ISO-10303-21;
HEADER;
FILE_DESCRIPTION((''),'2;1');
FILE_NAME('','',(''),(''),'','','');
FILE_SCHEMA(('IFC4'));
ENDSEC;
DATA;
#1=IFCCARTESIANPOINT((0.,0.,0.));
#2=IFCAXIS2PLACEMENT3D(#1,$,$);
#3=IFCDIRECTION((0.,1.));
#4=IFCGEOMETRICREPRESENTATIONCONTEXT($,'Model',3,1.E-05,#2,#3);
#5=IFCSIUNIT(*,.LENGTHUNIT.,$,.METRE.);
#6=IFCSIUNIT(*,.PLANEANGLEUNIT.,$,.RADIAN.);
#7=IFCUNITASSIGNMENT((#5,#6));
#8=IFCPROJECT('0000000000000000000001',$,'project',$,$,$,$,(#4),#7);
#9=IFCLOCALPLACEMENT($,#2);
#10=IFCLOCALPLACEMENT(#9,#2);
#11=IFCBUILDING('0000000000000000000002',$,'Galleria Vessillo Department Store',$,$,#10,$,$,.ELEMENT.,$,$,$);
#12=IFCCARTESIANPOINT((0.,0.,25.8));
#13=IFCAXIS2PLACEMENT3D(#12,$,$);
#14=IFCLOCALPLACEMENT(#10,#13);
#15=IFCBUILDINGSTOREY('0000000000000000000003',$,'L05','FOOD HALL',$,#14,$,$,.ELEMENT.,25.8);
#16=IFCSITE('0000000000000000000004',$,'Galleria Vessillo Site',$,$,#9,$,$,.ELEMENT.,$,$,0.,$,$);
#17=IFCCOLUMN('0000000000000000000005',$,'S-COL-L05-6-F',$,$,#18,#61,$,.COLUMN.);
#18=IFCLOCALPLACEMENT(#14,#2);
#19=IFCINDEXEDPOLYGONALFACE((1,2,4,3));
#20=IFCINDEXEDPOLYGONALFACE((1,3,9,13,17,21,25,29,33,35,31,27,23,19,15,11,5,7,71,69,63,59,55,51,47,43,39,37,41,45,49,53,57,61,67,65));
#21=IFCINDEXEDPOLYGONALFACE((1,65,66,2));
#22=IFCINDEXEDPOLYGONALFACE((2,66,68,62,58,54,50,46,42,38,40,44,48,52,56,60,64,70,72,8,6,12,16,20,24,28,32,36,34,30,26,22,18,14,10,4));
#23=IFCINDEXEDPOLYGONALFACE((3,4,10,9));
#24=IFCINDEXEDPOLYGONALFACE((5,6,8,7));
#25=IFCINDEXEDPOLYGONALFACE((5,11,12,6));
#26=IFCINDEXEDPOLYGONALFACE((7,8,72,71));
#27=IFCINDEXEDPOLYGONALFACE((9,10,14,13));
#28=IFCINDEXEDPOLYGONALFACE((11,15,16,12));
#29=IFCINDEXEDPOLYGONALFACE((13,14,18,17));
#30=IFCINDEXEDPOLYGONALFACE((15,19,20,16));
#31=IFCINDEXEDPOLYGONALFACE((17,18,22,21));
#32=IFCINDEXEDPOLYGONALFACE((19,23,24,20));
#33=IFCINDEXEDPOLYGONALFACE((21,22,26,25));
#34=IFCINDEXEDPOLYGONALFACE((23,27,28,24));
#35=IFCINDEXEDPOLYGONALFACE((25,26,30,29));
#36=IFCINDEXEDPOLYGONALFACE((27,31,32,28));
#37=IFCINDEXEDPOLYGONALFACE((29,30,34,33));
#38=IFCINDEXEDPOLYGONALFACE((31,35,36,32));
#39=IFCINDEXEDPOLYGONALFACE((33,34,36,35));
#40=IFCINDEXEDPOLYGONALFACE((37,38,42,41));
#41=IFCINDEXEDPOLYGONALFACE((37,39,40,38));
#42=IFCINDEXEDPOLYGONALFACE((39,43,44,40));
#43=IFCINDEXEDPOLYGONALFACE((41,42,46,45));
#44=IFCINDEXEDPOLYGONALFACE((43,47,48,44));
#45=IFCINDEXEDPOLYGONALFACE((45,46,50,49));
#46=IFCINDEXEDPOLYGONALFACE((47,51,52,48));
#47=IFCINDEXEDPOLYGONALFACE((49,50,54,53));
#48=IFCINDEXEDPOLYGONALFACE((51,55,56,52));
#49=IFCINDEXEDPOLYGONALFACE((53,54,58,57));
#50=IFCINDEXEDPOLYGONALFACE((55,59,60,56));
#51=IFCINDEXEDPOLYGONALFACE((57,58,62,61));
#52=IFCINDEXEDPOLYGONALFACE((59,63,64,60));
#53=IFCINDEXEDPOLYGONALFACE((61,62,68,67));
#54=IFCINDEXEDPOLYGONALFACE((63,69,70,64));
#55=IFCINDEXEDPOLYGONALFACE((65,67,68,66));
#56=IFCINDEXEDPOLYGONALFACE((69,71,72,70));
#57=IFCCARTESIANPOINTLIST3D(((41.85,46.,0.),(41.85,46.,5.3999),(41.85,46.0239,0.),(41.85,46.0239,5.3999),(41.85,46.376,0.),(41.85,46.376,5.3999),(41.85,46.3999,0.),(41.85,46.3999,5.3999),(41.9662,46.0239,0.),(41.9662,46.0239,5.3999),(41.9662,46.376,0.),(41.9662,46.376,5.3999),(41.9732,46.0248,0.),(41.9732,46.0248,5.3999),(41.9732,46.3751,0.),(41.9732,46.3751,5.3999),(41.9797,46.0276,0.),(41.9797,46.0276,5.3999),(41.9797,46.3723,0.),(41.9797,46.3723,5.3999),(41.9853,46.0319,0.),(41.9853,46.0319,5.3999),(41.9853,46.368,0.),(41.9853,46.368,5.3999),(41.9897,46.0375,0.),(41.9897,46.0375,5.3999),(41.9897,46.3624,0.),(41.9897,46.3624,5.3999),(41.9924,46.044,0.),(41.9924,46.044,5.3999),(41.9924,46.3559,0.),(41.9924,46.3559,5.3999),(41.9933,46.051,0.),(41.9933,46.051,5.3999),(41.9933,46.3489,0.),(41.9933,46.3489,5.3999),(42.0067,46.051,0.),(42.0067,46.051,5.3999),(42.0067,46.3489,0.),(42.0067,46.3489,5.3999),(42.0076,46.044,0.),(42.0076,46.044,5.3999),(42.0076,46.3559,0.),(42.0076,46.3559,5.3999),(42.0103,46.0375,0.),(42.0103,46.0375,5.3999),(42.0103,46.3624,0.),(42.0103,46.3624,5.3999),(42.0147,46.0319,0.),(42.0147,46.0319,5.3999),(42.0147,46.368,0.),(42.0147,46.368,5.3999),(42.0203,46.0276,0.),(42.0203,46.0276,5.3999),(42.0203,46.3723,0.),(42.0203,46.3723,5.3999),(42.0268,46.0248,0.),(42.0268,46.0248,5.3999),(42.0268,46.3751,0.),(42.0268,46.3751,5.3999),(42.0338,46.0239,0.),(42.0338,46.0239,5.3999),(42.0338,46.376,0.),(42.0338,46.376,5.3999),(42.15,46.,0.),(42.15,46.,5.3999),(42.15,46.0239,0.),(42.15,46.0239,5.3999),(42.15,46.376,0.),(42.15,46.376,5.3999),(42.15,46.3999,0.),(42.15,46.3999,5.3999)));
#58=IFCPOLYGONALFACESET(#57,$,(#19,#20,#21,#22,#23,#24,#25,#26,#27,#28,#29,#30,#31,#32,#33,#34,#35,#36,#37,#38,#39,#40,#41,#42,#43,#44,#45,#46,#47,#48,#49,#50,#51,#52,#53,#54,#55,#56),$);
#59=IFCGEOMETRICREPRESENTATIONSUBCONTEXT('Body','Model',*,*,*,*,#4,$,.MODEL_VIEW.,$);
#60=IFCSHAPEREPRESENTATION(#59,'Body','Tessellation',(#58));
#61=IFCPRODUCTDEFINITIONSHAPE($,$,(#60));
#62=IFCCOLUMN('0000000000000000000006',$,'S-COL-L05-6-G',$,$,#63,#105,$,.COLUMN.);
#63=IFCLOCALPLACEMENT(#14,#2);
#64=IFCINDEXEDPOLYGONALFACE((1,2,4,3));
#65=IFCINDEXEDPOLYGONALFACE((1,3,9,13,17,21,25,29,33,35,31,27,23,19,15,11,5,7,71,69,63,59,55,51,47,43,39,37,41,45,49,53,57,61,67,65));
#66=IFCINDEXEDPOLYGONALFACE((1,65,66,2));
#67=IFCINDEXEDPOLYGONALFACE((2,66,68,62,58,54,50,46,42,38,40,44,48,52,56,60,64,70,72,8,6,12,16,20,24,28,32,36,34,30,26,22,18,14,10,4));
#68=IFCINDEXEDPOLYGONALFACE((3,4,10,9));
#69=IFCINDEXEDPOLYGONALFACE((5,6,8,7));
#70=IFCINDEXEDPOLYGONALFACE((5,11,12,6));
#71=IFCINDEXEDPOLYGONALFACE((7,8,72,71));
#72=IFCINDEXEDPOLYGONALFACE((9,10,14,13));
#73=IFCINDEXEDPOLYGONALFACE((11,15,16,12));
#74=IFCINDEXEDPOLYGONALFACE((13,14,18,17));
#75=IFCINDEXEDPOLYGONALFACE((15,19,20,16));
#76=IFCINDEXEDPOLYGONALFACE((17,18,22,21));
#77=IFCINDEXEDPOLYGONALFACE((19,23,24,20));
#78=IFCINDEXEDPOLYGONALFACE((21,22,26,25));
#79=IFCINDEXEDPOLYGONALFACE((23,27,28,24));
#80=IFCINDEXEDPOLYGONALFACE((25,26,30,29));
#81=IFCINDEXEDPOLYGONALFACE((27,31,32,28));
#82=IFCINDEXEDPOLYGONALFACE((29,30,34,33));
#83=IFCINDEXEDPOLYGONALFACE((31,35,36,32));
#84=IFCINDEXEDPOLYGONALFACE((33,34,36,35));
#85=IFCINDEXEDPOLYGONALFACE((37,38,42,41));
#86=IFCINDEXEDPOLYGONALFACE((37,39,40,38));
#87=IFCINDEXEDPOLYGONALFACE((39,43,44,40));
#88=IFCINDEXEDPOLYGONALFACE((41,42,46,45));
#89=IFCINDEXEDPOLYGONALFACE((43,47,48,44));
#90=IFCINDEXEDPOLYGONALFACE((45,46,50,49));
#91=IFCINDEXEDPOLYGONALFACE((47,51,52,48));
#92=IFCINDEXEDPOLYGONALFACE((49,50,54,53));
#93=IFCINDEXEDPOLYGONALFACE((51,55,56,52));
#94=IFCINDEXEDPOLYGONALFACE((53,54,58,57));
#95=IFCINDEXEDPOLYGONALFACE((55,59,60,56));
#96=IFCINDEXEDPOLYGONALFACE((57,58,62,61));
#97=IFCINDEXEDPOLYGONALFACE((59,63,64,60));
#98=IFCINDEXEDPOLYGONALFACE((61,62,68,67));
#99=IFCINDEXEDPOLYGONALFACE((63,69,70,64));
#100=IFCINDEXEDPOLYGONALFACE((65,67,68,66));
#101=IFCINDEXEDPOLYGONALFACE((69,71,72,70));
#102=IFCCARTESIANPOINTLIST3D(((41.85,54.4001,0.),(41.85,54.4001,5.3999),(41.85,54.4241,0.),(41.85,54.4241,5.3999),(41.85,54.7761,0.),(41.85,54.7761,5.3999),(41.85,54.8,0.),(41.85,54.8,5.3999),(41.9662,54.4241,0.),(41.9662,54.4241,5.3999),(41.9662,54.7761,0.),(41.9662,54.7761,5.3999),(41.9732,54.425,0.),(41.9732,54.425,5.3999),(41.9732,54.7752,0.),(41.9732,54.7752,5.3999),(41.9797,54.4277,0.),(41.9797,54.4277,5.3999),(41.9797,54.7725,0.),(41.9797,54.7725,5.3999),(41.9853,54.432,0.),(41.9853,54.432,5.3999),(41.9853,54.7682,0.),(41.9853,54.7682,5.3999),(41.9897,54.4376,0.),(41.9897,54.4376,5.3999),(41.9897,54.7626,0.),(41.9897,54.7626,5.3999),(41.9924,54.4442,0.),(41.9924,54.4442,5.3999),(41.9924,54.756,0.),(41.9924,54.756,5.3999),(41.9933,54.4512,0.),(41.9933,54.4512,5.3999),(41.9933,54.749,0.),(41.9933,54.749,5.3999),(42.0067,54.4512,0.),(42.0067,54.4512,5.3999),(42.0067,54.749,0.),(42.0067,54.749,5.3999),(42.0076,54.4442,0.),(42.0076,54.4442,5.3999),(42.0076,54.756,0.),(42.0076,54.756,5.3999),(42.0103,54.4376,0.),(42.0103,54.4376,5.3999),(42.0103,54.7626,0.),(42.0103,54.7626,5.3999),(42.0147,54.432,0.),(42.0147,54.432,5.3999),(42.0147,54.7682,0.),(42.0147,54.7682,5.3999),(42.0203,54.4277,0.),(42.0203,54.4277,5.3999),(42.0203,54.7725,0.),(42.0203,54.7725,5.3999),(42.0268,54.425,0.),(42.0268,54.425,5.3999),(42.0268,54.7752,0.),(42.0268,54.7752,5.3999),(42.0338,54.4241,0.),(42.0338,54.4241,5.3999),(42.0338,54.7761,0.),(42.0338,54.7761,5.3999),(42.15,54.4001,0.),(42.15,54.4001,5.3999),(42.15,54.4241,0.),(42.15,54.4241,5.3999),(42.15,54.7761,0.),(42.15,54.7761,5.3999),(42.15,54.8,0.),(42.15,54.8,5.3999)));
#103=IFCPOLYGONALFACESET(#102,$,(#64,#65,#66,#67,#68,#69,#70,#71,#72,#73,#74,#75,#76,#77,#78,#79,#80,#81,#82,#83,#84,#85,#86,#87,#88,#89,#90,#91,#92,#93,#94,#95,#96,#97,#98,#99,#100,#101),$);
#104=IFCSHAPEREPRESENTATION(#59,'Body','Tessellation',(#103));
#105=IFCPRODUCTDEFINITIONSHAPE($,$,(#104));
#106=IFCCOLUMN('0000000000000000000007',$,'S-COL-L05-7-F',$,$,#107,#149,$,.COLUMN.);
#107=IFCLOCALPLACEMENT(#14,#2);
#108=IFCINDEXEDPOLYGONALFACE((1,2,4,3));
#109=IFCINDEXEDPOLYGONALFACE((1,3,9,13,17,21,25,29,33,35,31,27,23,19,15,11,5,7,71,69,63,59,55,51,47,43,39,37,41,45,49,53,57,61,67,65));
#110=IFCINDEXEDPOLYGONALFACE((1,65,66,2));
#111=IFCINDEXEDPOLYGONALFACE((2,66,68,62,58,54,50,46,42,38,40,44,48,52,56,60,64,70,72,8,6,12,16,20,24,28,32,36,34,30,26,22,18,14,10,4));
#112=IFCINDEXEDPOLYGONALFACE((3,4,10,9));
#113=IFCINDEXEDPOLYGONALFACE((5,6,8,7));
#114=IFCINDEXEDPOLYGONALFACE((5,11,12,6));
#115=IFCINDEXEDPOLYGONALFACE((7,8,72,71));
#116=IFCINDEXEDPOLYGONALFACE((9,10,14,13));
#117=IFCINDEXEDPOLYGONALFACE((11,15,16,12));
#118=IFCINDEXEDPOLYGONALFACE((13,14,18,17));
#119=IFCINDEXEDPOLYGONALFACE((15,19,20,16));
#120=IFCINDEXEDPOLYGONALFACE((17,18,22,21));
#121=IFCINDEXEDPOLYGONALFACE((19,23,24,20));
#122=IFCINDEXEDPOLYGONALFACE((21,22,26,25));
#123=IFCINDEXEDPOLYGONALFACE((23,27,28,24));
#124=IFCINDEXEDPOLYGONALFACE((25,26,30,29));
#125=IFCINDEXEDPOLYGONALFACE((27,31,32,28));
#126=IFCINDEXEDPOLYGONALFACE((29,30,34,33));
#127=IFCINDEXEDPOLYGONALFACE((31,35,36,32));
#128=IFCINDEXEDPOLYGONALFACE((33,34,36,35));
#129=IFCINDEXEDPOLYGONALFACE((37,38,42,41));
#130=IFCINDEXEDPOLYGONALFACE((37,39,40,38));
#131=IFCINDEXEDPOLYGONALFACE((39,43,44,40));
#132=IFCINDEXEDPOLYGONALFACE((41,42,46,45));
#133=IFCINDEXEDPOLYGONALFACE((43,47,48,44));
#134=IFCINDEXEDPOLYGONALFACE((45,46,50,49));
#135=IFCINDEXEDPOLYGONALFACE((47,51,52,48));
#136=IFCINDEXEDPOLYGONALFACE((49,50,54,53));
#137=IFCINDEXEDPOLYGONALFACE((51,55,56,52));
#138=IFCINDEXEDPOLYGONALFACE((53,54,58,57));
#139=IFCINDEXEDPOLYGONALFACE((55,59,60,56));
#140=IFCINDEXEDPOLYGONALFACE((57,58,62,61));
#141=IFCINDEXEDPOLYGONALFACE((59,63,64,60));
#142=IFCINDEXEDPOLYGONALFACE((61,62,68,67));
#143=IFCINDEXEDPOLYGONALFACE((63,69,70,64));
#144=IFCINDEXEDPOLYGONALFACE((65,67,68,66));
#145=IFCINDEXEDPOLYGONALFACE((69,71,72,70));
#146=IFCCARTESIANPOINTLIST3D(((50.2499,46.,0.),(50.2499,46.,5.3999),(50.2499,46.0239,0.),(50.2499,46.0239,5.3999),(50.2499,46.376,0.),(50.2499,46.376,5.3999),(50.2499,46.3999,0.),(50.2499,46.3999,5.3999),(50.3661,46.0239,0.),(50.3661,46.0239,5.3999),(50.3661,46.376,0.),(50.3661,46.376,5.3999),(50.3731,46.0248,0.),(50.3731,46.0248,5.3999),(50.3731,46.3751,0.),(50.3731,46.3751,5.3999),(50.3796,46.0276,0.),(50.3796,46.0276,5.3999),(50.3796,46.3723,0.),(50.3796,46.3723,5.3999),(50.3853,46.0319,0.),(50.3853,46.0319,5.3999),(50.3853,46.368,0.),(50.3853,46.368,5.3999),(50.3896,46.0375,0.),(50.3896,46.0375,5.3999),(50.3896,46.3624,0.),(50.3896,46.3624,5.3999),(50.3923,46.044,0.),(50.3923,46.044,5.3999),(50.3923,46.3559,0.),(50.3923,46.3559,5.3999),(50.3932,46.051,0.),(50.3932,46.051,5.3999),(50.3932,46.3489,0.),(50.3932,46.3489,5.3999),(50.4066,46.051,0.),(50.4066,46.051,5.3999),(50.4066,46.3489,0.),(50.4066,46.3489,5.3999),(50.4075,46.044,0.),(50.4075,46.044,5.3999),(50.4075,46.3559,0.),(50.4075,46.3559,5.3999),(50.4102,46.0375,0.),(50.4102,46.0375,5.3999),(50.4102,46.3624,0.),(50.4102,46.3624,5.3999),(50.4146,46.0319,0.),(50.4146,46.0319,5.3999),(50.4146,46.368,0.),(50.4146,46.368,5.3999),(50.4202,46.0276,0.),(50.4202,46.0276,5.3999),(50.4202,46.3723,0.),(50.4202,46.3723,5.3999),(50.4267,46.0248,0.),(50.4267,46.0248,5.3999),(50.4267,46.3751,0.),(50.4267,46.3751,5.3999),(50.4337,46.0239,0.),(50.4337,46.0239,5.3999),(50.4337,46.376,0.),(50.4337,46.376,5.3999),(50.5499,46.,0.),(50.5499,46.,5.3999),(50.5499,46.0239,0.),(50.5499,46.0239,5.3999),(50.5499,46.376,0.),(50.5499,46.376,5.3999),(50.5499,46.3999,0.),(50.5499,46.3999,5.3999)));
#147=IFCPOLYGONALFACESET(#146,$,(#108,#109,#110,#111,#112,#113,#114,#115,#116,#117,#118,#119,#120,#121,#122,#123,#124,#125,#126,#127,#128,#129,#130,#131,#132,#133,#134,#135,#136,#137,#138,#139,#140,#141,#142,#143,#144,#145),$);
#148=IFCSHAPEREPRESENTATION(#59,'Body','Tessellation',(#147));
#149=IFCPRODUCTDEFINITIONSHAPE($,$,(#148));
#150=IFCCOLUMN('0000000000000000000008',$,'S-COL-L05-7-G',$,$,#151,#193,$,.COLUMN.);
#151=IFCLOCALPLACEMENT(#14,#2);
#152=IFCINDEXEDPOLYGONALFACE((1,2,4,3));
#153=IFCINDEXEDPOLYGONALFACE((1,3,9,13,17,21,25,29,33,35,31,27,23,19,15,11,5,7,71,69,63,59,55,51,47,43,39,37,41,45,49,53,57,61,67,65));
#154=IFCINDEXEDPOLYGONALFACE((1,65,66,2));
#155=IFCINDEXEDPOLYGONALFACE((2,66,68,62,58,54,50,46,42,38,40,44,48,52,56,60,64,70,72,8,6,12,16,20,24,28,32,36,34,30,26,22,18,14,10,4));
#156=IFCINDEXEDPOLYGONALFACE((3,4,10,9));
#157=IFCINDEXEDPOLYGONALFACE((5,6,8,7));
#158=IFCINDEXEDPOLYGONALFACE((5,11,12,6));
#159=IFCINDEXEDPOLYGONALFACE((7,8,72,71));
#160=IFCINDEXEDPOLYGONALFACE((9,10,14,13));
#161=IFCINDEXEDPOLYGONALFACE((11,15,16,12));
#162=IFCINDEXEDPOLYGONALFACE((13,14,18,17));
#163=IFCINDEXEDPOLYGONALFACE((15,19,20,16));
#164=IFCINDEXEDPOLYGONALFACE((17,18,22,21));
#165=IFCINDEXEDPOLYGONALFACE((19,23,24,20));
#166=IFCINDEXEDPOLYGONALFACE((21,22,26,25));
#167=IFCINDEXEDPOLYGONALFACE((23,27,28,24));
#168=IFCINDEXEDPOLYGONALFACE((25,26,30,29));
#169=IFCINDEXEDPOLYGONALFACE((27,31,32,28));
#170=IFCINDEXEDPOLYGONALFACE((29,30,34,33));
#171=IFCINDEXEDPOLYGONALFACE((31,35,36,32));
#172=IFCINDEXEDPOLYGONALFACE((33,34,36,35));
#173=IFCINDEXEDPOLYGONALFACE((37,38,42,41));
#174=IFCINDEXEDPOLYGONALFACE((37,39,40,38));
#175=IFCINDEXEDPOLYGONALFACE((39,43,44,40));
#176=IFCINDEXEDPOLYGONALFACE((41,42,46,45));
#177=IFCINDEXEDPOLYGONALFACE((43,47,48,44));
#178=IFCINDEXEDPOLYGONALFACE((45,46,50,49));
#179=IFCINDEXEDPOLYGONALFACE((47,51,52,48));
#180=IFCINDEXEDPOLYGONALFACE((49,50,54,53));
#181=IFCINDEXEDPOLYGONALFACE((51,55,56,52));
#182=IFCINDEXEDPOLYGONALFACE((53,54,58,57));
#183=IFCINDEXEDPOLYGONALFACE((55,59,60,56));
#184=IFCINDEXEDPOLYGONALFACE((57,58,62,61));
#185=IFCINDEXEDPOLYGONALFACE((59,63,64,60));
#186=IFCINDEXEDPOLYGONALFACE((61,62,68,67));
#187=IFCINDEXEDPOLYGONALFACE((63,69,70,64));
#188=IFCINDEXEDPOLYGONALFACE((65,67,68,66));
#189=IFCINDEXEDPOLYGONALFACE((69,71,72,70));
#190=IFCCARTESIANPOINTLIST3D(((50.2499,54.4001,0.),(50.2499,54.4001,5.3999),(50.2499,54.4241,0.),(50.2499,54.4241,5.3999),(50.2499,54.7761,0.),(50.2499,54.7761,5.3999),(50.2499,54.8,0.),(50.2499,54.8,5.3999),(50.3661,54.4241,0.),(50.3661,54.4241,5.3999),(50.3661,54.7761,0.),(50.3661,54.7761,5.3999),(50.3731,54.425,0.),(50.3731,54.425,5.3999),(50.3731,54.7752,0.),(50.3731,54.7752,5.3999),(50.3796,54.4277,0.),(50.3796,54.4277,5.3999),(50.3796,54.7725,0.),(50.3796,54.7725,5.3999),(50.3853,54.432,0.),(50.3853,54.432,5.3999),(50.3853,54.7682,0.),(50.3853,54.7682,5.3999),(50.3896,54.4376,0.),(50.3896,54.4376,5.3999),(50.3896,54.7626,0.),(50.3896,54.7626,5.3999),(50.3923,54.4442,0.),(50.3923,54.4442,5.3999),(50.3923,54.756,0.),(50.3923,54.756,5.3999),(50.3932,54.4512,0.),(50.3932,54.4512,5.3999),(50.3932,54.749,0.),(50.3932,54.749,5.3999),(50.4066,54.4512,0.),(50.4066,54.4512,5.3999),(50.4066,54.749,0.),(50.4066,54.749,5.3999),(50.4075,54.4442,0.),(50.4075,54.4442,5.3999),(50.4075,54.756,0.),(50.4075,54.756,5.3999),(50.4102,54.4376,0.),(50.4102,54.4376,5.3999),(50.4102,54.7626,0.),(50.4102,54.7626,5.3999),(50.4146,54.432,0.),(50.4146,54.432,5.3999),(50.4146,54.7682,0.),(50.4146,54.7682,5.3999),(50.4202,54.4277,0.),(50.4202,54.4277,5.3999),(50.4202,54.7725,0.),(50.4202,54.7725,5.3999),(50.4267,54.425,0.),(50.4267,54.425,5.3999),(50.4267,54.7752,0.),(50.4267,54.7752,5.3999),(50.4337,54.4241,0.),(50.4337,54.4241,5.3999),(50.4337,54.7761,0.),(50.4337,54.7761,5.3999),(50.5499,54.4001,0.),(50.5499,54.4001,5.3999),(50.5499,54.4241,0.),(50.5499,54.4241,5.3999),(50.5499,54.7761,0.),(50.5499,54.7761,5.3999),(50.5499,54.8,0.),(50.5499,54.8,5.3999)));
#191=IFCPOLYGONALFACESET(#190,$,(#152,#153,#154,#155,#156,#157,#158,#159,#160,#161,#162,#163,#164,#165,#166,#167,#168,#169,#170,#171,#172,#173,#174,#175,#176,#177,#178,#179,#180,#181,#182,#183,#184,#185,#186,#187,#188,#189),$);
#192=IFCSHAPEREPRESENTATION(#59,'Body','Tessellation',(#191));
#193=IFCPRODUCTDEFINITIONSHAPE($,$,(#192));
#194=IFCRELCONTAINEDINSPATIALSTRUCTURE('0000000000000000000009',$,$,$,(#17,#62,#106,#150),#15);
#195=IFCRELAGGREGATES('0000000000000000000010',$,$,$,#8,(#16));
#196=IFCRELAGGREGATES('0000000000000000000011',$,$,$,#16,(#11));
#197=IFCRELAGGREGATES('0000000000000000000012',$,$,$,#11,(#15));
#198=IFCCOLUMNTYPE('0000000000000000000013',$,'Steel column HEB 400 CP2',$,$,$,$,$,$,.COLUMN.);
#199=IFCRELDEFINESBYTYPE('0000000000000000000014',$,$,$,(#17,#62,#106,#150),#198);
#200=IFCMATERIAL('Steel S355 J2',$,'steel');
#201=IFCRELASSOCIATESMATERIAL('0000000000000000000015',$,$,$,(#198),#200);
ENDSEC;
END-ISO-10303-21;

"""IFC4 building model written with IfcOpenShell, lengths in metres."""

from ifc_helpers import new_model, si_unit, direction, frame, origin, origin_2d, place, context, subcontext, project, spatial, i_section, extrude, material, material_profile, profile_set, type_object, element, save


model = new_model("IFC4")

# Units and contexts
model_context = context("Model", 3, precision=1e-05, world=origin(), true_north=direction((0.0, 1.0)))
body_context = subcontext(model_context, "Body", "Model", "MODEL_VIEW")
ifc_project = project(units=[si_unit("LENGTHUNIT", "METRE"), si_unit("PLANEANGLEUNIT", "RADIAN")], contexts=[model_context])

# Site, building, storey
site_placement = place(None, origin())
site = spatial("IfcSite", under=ifc_project, at=site_placement, Name="Galleria Vessillo Site", CompositionType="ELEMENT", RefElevation=0.0)
building_placement = place(site_placement, origin())
building = spatial("IfcBuilding", under=site, at=building_placement, Name="Galleria Vessillo Department Store", CompositionType="ELEMENT")
storey_placement = place(building_placement, frame((0.0, 0.0, 25.8)))
storey = spatial("IfcBuildingStorey", under=building, at=storey_placement, Name="L05", Description="FOOD HALL", CompositionType="ELEMENT", Elevation=25.8)

# Columns
ifc_material_1 = material(Name="Steel S355 J2", Category="steel")
ifc_material_profile_1 = material_profile(ifc_material_1, i_section(OverallWidth=0.3, OverallDepth=0.3999, WebThickness=0.0134, FlangeThickness=0.0239, FilletRadius=0.0271, at=origin_2d()), Name="HEB 400")
ifc_profile_set_1 = profile_set([ifc_material_profile_1], Name="Steel S355 J2")
column_type = type_object("IfcColumnType", Name="Steel column HEB 400 CP2", PredefinedType="COLUMN", material=ifc_profile_set_1)
for number, where, z_axis, x_axis, name in (
    (1, (42.0, 46.2, 0.0), (0.0, 0.0, 1.0), (1.0, 0.0, 0.0), "S-COL-L05-6-F"),
    (2, (42.0, 54.6001, 0.0), (0.0, 0.0, 1.0), (1.0, 0.0, 0.0), "S-COL-L05-6-G"),
    (3, (50.3999, 46.2, 0.0), (0.0, 0.0, 1.0), (1.0, 0.0, 0.0), "S-COL-L05-7-F"),
    (4, (50.3999, 54.6001, 0.0), (0.0, 0.0, 1.0), (1.0, 0.0, 0.0), "S-COL-L05-7-G"),
):
    element("IfcColumn", number, at=place(storey_placement, frame(where, z_axis=z_axis, x_axis=x_axis)), inside=storey, type_object=column_type, Name=name, PredefinedType="COLUMN", context=body_context, shape_type="SweptSolid", body=[
        extrude(i_section(OverallWidth=0.3, OverallDepth=0.3999, WebThickness=0.0134, FlangeThickness=0.0239, FilletRadius=0.0271, at=origin_2d()), origin(), (0.0, 0.0, 1.0), 5.3999),
    ])

save(model, "model.ifc")
